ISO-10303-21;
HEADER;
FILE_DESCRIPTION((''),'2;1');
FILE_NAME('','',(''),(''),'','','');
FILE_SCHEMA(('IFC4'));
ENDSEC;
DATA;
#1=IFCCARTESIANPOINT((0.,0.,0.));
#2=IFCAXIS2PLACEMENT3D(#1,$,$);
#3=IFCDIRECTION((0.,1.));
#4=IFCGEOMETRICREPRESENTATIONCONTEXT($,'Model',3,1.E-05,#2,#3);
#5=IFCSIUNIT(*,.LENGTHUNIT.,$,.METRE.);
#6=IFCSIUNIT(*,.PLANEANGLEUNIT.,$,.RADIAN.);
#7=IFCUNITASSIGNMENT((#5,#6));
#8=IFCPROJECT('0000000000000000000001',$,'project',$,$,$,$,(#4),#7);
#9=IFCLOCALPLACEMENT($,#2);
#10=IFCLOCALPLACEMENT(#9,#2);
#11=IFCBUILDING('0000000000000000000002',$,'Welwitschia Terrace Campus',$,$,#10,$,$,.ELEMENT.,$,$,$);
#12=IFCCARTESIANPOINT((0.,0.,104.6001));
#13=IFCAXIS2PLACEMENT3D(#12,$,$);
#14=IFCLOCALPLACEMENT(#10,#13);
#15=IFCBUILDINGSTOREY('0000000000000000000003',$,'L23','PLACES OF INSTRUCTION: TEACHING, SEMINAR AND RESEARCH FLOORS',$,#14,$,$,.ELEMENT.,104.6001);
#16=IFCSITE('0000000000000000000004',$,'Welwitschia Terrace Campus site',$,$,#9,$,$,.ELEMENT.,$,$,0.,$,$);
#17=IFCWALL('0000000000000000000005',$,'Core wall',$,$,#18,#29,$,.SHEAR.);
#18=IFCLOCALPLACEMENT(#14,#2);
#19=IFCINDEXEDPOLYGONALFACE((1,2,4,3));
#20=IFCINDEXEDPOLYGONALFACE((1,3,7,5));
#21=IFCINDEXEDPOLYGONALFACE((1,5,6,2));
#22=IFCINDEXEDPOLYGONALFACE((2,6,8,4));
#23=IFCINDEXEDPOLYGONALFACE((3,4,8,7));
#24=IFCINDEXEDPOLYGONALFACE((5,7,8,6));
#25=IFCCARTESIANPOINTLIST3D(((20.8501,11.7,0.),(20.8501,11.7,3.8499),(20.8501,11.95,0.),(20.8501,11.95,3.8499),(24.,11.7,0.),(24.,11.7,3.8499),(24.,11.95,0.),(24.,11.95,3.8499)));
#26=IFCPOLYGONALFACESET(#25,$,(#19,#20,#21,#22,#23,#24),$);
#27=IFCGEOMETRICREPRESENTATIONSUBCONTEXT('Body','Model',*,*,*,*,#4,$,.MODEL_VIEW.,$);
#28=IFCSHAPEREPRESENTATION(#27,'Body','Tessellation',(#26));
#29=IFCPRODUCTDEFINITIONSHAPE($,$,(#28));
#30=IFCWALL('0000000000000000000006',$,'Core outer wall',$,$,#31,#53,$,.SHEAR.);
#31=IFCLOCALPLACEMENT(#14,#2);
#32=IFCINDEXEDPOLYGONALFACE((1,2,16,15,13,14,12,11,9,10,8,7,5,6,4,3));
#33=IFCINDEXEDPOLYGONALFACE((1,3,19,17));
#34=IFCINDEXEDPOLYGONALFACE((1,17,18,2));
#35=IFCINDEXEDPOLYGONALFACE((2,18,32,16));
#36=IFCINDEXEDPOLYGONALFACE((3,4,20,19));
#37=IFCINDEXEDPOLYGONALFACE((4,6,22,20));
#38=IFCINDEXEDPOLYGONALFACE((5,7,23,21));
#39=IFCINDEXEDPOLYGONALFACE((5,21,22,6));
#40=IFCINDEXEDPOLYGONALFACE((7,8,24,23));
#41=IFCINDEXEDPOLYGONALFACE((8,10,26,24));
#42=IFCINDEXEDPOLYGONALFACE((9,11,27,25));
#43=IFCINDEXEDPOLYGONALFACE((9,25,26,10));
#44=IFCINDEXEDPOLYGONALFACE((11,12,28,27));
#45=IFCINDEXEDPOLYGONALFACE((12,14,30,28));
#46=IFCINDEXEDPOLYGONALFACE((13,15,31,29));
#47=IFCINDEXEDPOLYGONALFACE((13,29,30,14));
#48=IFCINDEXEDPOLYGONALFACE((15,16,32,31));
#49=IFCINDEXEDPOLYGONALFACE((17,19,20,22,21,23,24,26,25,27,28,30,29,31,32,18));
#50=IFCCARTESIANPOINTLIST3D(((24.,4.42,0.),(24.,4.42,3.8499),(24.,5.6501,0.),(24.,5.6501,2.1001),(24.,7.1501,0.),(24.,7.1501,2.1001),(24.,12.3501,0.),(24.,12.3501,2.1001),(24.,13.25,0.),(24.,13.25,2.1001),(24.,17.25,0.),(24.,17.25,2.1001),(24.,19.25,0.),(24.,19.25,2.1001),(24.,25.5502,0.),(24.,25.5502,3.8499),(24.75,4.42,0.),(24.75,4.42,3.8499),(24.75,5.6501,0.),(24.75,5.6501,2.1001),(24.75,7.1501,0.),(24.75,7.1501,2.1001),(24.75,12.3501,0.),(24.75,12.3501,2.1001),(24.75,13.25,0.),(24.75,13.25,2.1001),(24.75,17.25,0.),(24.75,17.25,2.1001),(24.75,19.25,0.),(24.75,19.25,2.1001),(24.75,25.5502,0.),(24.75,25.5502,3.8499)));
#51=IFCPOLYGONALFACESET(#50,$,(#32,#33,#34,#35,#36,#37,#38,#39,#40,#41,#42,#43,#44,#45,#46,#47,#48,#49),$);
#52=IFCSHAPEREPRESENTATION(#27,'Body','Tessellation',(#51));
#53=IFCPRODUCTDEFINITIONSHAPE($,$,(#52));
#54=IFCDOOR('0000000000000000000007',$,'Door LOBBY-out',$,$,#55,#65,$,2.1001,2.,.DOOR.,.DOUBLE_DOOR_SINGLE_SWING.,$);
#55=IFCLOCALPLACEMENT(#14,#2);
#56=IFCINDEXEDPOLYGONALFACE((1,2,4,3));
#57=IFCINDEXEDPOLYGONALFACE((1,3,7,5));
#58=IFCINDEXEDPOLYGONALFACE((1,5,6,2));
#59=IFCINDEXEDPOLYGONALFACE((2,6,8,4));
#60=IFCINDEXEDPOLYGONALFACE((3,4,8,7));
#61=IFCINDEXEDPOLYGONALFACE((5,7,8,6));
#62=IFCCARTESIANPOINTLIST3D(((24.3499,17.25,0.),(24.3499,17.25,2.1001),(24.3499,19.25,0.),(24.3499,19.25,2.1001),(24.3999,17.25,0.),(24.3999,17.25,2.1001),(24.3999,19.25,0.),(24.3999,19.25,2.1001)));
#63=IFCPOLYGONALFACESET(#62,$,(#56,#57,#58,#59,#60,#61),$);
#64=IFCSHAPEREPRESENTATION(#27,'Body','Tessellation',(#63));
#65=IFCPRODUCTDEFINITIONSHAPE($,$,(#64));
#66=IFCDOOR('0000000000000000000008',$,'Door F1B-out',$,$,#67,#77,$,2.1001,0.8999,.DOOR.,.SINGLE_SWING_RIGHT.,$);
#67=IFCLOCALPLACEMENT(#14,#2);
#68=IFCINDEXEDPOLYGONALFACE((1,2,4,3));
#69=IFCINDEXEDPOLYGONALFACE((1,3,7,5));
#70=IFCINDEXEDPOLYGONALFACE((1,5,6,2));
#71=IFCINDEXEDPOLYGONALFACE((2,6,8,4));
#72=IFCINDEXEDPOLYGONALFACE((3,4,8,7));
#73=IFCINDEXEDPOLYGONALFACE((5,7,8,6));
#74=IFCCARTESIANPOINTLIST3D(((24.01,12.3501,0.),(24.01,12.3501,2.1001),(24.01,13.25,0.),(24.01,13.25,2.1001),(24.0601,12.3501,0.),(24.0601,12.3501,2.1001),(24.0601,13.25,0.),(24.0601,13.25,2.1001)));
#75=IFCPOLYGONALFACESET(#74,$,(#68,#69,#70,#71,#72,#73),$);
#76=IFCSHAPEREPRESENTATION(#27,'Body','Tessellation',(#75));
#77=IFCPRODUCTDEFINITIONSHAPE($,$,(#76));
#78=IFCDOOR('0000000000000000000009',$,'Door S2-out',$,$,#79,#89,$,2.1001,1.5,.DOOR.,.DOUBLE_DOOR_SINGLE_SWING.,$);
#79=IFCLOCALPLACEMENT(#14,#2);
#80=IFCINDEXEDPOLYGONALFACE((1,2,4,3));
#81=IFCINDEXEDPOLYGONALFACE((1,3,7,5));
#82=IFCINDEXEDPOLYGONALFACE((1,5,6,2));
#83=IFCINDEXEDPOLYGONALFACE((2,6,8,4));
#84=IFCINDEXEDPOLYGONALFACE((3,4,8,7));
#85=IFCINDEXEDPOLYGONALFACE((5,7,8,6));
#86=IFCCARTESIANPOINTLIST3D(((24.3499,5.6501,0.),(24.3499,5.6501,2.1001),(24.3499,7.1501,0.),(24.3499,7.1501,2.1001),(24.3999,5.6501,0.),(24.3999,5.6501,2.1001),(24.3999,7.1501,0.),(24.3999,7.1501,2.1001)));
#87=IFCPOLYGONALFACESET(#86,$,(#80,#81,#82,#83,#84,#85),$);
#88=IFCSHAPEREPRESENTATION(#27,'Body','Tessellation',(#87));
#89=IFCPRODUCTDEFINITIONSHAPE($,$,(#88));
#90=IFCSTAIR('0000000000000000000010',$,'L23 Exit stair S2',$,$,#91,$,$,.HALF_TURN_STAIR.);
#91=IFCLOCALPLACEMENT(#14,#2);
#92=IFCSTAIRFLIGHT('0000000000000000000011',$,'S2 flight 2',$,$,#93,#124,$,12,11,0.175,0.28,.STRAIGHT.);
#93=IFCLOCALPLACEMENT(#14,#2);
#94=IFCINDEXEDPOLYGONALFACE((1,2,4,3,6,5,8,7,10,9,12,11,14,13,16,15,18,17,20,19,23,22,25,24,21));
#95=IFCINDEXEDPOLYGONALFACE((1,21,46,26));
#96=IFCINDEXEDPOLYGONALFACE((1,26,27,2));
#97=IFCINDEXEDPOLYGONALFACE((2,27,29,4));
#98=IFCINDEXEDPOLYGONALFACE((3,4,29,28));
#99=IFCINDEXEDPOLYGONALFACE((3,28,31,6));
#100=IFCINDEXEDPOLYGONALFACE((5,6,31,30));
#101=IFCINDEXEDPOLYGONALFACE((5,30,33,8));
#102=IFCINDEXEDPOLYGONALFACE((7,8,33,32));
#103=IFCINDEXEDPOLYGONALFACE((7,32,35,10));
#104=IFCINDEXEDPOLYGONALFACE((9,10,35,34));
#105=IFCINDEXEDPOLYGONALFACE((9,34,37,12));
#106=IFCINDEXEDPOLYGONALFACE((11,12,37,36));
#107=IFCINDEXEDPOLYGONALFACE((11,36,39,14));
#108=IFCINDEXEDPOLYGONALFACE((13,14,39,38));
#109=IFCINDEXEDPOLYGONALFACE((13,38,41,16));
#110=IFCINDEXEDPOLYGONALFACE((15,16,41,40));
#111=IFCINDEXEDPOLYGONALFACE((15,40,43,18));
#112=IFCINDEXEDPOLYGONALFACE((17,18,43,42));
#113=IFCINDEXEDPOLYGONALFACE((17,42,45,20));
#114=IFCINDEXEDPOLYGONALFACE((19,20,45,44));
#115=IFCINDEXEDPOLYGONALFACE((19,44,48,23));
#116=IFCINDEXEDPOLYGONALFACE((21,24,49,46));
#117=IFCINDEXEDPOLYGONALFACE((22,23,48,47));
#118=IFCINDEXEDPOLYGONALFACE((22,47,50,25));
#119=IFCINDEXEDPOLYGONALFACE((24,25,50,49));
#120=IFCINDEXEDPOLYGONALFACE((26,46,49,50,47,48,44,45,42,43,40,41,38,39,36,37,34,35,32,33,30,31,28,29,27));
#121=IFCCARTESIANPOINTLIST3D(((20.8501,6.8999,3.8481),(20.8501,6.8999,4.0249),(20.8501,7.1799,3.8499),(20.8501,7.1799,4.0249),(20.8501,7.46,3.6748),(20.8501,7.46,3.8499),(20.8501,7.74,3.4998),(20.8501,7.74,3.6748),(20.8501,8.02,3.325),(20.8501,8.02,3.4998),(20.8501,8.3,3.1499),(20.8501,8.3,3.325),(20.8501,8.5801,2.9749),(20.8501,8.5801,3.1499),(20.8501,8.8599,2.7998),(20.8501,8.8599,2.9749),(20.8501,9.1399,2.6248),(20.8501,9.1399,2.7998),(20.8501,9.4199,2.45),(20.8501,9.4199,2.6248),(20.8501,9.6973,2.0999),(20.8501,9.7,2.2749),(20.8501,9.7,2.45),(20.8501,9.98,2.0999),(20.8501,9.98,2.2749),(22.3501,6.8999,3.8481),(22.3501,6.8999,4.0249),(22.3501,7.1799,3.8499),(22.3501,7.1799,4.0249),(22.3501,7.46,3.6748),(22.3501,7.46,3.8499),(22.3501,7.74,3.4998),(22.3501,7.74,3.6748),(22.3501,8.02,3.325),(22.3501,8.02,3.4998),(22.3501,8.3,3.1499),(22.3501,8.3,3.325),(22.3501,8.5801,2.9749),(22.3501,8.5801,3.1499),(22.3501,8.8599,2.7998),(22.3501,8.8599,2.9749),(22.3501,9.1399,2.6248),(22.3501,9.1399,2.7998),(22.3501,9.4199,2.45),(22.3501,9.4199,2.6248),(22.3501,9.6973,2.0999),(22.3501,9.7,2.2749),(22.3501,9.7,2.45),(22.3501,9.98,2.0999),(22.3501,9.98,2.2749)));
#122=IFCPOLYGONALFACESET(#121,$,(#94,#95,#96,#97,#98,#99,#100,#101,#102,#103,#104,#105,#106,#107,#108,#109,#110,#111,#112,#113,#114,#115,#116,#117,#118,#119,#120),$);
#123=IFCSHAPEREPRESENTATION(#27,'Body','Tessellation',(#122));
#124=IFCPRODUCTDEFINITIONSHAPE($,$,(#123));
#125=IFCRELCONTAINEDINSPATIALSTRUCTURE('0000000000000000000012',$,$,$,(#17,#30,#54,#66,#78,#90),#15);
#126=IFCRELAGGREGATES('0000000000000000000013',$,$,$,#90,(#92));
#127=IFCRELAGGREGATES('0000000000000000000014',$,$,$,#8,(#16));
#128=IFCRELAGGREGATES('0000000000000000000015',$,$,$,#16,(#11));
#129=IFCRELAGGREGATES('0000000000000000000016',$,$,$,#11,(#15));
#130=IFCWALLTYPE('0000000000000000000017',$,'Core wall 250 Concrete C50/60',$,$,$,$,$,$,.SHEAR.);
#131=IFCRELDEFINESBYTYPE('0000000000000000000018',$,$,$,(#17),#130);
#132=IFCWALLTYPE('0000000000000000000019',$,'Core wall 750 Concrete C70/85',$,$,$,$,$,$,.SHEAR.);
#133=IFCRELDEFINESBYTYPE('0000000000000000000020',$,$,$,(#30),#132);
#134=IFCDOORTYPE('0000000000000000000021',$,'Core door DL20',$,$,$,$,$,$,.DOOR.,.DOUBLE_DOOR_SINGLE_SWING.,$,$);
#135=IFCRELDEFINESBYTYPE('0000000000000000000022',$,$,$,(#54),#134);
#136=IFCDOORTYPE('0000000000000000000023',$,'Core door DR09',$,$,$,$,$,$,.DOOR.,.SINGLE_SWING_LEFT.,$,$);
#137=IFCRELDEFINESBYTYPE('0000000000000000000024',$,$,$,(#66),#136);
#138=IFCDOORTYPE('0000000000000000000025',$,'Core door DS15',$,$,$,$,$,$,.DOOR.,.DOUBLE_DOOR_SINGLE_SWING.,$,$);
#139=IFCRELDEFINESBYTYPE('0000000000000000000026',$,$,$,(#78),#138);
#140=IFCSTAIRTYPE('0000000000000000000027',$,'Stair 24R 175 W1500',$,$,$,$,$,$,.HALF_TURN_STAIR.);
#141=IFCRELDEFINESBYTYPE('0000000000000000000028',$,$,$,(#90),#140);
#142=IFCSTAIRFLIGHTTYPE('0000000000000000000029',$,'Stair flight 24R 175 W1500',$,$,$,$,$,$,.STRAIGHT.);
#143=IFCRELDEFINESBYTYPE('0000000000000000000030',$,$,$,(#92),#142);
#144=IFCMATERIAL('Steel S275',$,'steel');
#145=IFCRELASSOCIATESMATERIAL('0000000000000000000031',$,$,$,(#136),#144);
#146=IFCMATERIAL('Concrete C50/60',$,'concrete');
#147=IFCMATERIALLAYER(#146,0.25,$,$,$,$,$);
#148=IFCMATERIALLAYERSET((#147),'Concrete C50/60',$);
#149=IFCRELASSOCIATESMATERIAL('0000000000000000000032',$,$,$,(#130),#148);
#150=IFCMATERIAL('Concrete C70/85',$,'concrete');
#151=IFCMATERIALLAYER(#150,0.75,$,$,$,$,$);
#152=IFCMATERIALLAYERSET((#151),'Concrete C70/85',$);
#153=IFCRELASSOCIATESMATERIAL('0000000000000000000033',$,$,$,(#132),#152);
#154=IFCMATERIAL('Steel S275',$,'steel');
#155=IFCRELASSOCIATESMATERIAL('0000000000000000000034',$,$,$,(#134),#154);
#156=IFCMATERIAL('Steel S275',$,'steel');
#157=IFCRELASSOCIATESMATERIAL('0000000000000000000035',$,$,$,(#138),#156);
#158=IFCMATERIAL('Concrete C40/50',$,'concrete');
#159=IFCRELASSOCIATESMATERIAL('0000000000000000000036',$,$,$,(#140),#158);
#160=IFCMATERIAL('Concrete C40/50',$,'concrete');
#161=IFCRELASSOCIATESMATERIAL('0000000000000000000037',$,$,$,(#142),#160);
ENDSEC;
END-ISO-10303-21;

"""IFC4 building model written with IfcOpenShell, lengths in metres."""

from ifc_helpers import new_model, si_unit, direction, frame, frame_2d, origin, place, context, subcontext, project, spatial, polyline, rectangle, outline, extrude, material, layer, layer_set, type_object, element, fill, aggregate, save


model = new_model("IFC4")

# Units and contexts
model_context = context("Model", 3, precision=1e-05, world=origin(), true_north=direction((0.0, 1.0)))
body_context = subcontext(model_context, "Body", "Model", "MODEL_VIEW")
ifc_project = project(units=[si_unit("LENGTHUNIT", "METRE"), si_unit("PLANEANGLEUNIT", "RADIAN")], contexts=[model_context])

# Site, building, storey
site_placement = place(None, origin())
site = spatial("IfcSite", under=ifc_project, at=site_placement, Name="Welwitschia Terrace Campus site", CompositionType="ELEMENT", RefElevation=0.0)
building_placement = place(site_placement, origin())
building = spatial("IfcBuilding", under=site, at=building_placement, Name="Welwitschia Terrace Campus", CompositionType="ELEMENT")
storey_placement = place(building_placement, frame((0.0, 0.0, 104.6001)))
storey = spatial("IfcBuildingStorey", under=building, at=storey_placement, Name="L23", Description="PLACES OF INSTRUCTION: TEACHING, SEMINAR AND RESEARCH FLOORS", CompositionType="ELEMENT", Elevation=104.6001)

# Shared definitions
ifc_material_1 = material(Name="Steel S275", Category="steel")
door_type_1 = type_object("IfcDoorType", Name="Core door DR09", OperationType="SINGLE_SWING_LEFT", PredefinedType="DOOR", material=ifc_material_1)

# Wall
ifc_material_2 = material(Name="Concrete C50/60", Category="concrete")
ifc_layer_1 = layer(ifc_material_2, 0.25)
ifc_layer_set_1 = layer_set([ifc_layer_1], Name="Concrete C50/60")
wall_type_1 = type_object("IfcWallType", Name="Core wall 250 Concrete C50/60", PredefinedType="SHEAR", material=ifc_layer_set_1)
wall_1_placement = place(storey_placement, frame((20.8501, 11.825, 0.0), z_axis=(0.0, 0.0, 1.0), x_axis=(1.0, 0.0, 0.0)))
element("IfcWall", 1, at=wall_1_placement, inside=storey, type_object=wall_type_1, Name="Core wall", PredefinedType="SHEAR", context=body_context, shape_type="SweptSolid", body=[
    extrude(rectangle(XDim=3.1499, YDim=0.25, at=frame_2d((1.575, 0.0))), origin(), (0.0, 0.0, 1.0), 3.8499),
])

# Wall, openings, doors
ifc_material_3 = material(Name="Concrete C70/85", Category="concrete")
ifc_layer_2 = layer(ifc_material_3, 0.75)
ifc_layer_set_2 = layer_set([ifc_layer_2], Name="Concrete C70/85")
wall_type_2 = type_object("IfcWallType", Name="Core wall 750 Concrete C70/85", PredefinedType="SHEAR", material=ifc_layer_set_2)
wall_2_placement = place(storey_placement, frame((24.375, 25.55, 0.0), z_axis=(0.0, 0.0, 1.0), x_axis=(0.0, -1.0, 0.0)))
wall_2 = element("IfcWall", 2, at=wall_2_placement, inside=storey, type_object=wall_type_2, Name="Core outer wall", PredefinedType="SHEAR", context=body_context, shape_type="SweptSolid", body=[
    extrude(rectangle(XDim=21.1301, YDim=0.75, at=frame_2d((10.5649, 0.0))), origin(), (0.0, 0.0, 1.0), 3.8499),
])
opening_1_placement = place(wall_2_placement, frame((18.3999, 0.0, 0.0)))
opening_1 = element("IfcOpeningElement", 3, at=opening_1_placement, cuts=wall_2, PredefinedType="OPENING", context=body_context, shape_type="SweptSolid", body=[
    extrude(rectangle(XDim=1.5, YDim=2.1001, at=frame_2d((0.75, 1.05))), frame((0.0, 0.385, 0.0), z_axis=(0.0, -1.0, 0.0), x_axis=(1.0, 0.0, 0.0)), (0.0, 0.0, 1.0), 0.77),
])
opening_2_placement = place(wall_2_placement, frame((12.3, 0.0, 0.0)))
opening_2 = element("IfcOpeningElement", 4, at=opening_2_placement, cuts=wall_2, PredefinedType="OPENING", context=body_context, shape_type="SweptSolid", body=[
    extrude(rectangle(XDim=0.8999, YDim=2.1001, at=frame_2d((0.45, 1.05))), frame((0.0, 0.385, 0.0), z_axis=(0.0, -1.0, 0.0), x_axis=(1.0, 0.0, 0.0)), (0.0, 0.0, 1.0), 0.77),
])
opening_3_placement = place(wall_2_placement, frame((6.3, 0.0, 0.0)))
opening_3 = element("IfcOpeningElement", 5, at=opening_3_placement, cuts=wall_2, PredefinedType="OPENING", context=body_context, shape_type="SweptSolid", body=[
    extrude(rectangle(XDim=2.0, YDim=2.1001, at=frame_2d((1.0, 1.05))), frame((0.0, 0.385, 0.0), z_axis=(0.0, -1.0, 0.0), x_axis=(1.0, 0.0, 0.0)), (0.0, 0.0, 1.0), 0.77),
])
ifc_material_4 = material(Name="Steel S275", Category="steel")
door_type_2 = type_object("IfcDoorType", Name="Core door DL20", OperationType="DOUBLE_DOOR_SINGLE_SWING", PredefinedType="DOOR", material=ifc_material_4)
door_1_placement = place(opening_3_placement, origin())
door_1 = element("IfcDoor", 6, at=door_1_placement, inside=storey, type_object=door_type_2, Name="Door LOBBY-out", OperationType="DOUBLE_DOOR_SINGLE_SWING", OverallHeight=2.1001, OverallWidth=2.0, PredefinedType="DOOR", context=body_context, shape_type="SweptSolid", body=[
    extrude(rectangle(XDim=2.0, YDim=2.1001, at=frame_2d((1.0, 1.05))), frame((0.0, 0.0249, 0.0), z_axis=(0.0, -1.0, 0.0), x_axis=(1.0, 0.0, 0.0)), (0.0, 0.0, 1.0), 0.05),
])
fill(opening_3, door_1)
door_2_placement = place(opening_2_placement, origin())
door_2 = element("IfcDoor", 7, at=door_2_placement, inside=storey, type_object=door_type_1, Name="Door F1B-out", OperationType="SINGLE_SWING_RIGHT", OverallHeight=2.1001, OverallWidth=0.8999, PredefinedType="DOOR", context=body_context, shape_type="SweptSolid", body=[
    extrude(rectangle(XDim=0.8999, YDim=2.1001, at=frame_2d((0.45, 1.05))), frame((0.0, -0.3149, 0.0), z_axis=(0.0, -1.0, 0.0), x_axis=(1.0, 0.0, 0.0)), (0.0, 0.0, 1.0), 0.05),
])
fill(opening_2, door_2)
ifc_material_5 = material(Name="Steel S275", Category="steel")
door_type_3 = type_object("IfcDoorType", Name="Core door DS15", OperationType="DOUBLE_DOOR_SINGLE_SWING", PredefinedType="DOOR", material=ifc_material_5)
door_3_placement = place(opening_1_placement, origin())
door_3 = element("IfcDoor", 8, at=door_3_placement, inside=storey, type_object=door_type_3, Name="Door S2-out", OperationType="DOUBLE_DOOR_SINGLE_SWING", OverallHeight=2.1001, OverallWidth=1.5, PredefinedType="DOOR", context=body_context, shape_type="SweptSolid", body=[
    extrude(rectangle(XDim=1.5, YDim=2.1001, at=frame_2d((0.75, 1.05))), frame((0.0, 0.0249, 0.0), z_axis=(0.0, -1.0, 0.0), x_axis=(1.0, 0.0, 0.0)), (0.0, 0.0, 1.0), 0.05),
])
fill(opening_1, door_3)

# Stair, stair flight
ifc_material_6 = material(Name="Concrete C40/50", Category="concrete")
stair_type = type_object("IfcStairType", Name="Stair 24R 175 W1500", PredefinedType="HALF_TURN_STAIR", material=ifc_material_6)
stair_placement = place(storey_placement, origin())
stair = element("IfcStair", 9, at=stair_placement, inside=storey, type_object=stair_type, Name="L23 Exit stair S2", PredefinedType="HALF_TURN_STAIR")
ifc_material_7 = material(Name="Concrete C40/50", Category="concrete")
stair_flight_type = type_object("IfcStairFlightType", Name="Stair flight 24R 175 W1500", PredefinedType="STRAIGHT", material=ifc_material_7)
stair_flight_placement = place(storey_placement, frame((21.6001, 9.98, 2.0999), z_axis=(0.0, 0.0, 1.0), x_axis=(0.0, -1.0, 0.0)))
stair_flight = element("IfcStairFlight", 10, at=stair_flight_placement, type_object=stair_flight_type, Name="S2 flight 2", NumberOfRisers=12, NumberOfTreads=11, PredefinedType="STRAIGHT", RiserHeight=0.175, TreadLength=0.28, context=body_context, shape_type="SweptSolid", body=[
    extrude(outline(polyline([(0.0, 0.0), (0.0, 0.175), (0.28, 0.175), (0.28, 0.3501), (0.5601, 0.3501), (0.5601, 0.5249), (0.8401, 0.5249), (0.8401, 0.7), (1.1201, 0.7), (1.1201, 0.875), (1.3999, 0.875), (1.3999, 1.05), (1.6799, 1.05), (1.6799, 1.2251), (1.96, 1.2251), (1.96, 1.3999), (2.24, 1.3999), (2.24, 1.575), (2.52, 1.575), (2.52, 1.75), (2.8, 1.75), (2.8, 1.925), (3.0801, 1.925), (3.0801, 2.1001), (3.0801, 1.7483), (0.2827, 0.0), (0.0, 0.0)])), frame((0.0, 0.75, 0.0), z_axis=(0.0, -1.0, 0.0), x_axis=(1.0, 0.0, 0.0)), (0.0, 0.0, 1.0), 1.5),
])
aggregate(stair, [stair_flight])

save(model, "model.ifc")
